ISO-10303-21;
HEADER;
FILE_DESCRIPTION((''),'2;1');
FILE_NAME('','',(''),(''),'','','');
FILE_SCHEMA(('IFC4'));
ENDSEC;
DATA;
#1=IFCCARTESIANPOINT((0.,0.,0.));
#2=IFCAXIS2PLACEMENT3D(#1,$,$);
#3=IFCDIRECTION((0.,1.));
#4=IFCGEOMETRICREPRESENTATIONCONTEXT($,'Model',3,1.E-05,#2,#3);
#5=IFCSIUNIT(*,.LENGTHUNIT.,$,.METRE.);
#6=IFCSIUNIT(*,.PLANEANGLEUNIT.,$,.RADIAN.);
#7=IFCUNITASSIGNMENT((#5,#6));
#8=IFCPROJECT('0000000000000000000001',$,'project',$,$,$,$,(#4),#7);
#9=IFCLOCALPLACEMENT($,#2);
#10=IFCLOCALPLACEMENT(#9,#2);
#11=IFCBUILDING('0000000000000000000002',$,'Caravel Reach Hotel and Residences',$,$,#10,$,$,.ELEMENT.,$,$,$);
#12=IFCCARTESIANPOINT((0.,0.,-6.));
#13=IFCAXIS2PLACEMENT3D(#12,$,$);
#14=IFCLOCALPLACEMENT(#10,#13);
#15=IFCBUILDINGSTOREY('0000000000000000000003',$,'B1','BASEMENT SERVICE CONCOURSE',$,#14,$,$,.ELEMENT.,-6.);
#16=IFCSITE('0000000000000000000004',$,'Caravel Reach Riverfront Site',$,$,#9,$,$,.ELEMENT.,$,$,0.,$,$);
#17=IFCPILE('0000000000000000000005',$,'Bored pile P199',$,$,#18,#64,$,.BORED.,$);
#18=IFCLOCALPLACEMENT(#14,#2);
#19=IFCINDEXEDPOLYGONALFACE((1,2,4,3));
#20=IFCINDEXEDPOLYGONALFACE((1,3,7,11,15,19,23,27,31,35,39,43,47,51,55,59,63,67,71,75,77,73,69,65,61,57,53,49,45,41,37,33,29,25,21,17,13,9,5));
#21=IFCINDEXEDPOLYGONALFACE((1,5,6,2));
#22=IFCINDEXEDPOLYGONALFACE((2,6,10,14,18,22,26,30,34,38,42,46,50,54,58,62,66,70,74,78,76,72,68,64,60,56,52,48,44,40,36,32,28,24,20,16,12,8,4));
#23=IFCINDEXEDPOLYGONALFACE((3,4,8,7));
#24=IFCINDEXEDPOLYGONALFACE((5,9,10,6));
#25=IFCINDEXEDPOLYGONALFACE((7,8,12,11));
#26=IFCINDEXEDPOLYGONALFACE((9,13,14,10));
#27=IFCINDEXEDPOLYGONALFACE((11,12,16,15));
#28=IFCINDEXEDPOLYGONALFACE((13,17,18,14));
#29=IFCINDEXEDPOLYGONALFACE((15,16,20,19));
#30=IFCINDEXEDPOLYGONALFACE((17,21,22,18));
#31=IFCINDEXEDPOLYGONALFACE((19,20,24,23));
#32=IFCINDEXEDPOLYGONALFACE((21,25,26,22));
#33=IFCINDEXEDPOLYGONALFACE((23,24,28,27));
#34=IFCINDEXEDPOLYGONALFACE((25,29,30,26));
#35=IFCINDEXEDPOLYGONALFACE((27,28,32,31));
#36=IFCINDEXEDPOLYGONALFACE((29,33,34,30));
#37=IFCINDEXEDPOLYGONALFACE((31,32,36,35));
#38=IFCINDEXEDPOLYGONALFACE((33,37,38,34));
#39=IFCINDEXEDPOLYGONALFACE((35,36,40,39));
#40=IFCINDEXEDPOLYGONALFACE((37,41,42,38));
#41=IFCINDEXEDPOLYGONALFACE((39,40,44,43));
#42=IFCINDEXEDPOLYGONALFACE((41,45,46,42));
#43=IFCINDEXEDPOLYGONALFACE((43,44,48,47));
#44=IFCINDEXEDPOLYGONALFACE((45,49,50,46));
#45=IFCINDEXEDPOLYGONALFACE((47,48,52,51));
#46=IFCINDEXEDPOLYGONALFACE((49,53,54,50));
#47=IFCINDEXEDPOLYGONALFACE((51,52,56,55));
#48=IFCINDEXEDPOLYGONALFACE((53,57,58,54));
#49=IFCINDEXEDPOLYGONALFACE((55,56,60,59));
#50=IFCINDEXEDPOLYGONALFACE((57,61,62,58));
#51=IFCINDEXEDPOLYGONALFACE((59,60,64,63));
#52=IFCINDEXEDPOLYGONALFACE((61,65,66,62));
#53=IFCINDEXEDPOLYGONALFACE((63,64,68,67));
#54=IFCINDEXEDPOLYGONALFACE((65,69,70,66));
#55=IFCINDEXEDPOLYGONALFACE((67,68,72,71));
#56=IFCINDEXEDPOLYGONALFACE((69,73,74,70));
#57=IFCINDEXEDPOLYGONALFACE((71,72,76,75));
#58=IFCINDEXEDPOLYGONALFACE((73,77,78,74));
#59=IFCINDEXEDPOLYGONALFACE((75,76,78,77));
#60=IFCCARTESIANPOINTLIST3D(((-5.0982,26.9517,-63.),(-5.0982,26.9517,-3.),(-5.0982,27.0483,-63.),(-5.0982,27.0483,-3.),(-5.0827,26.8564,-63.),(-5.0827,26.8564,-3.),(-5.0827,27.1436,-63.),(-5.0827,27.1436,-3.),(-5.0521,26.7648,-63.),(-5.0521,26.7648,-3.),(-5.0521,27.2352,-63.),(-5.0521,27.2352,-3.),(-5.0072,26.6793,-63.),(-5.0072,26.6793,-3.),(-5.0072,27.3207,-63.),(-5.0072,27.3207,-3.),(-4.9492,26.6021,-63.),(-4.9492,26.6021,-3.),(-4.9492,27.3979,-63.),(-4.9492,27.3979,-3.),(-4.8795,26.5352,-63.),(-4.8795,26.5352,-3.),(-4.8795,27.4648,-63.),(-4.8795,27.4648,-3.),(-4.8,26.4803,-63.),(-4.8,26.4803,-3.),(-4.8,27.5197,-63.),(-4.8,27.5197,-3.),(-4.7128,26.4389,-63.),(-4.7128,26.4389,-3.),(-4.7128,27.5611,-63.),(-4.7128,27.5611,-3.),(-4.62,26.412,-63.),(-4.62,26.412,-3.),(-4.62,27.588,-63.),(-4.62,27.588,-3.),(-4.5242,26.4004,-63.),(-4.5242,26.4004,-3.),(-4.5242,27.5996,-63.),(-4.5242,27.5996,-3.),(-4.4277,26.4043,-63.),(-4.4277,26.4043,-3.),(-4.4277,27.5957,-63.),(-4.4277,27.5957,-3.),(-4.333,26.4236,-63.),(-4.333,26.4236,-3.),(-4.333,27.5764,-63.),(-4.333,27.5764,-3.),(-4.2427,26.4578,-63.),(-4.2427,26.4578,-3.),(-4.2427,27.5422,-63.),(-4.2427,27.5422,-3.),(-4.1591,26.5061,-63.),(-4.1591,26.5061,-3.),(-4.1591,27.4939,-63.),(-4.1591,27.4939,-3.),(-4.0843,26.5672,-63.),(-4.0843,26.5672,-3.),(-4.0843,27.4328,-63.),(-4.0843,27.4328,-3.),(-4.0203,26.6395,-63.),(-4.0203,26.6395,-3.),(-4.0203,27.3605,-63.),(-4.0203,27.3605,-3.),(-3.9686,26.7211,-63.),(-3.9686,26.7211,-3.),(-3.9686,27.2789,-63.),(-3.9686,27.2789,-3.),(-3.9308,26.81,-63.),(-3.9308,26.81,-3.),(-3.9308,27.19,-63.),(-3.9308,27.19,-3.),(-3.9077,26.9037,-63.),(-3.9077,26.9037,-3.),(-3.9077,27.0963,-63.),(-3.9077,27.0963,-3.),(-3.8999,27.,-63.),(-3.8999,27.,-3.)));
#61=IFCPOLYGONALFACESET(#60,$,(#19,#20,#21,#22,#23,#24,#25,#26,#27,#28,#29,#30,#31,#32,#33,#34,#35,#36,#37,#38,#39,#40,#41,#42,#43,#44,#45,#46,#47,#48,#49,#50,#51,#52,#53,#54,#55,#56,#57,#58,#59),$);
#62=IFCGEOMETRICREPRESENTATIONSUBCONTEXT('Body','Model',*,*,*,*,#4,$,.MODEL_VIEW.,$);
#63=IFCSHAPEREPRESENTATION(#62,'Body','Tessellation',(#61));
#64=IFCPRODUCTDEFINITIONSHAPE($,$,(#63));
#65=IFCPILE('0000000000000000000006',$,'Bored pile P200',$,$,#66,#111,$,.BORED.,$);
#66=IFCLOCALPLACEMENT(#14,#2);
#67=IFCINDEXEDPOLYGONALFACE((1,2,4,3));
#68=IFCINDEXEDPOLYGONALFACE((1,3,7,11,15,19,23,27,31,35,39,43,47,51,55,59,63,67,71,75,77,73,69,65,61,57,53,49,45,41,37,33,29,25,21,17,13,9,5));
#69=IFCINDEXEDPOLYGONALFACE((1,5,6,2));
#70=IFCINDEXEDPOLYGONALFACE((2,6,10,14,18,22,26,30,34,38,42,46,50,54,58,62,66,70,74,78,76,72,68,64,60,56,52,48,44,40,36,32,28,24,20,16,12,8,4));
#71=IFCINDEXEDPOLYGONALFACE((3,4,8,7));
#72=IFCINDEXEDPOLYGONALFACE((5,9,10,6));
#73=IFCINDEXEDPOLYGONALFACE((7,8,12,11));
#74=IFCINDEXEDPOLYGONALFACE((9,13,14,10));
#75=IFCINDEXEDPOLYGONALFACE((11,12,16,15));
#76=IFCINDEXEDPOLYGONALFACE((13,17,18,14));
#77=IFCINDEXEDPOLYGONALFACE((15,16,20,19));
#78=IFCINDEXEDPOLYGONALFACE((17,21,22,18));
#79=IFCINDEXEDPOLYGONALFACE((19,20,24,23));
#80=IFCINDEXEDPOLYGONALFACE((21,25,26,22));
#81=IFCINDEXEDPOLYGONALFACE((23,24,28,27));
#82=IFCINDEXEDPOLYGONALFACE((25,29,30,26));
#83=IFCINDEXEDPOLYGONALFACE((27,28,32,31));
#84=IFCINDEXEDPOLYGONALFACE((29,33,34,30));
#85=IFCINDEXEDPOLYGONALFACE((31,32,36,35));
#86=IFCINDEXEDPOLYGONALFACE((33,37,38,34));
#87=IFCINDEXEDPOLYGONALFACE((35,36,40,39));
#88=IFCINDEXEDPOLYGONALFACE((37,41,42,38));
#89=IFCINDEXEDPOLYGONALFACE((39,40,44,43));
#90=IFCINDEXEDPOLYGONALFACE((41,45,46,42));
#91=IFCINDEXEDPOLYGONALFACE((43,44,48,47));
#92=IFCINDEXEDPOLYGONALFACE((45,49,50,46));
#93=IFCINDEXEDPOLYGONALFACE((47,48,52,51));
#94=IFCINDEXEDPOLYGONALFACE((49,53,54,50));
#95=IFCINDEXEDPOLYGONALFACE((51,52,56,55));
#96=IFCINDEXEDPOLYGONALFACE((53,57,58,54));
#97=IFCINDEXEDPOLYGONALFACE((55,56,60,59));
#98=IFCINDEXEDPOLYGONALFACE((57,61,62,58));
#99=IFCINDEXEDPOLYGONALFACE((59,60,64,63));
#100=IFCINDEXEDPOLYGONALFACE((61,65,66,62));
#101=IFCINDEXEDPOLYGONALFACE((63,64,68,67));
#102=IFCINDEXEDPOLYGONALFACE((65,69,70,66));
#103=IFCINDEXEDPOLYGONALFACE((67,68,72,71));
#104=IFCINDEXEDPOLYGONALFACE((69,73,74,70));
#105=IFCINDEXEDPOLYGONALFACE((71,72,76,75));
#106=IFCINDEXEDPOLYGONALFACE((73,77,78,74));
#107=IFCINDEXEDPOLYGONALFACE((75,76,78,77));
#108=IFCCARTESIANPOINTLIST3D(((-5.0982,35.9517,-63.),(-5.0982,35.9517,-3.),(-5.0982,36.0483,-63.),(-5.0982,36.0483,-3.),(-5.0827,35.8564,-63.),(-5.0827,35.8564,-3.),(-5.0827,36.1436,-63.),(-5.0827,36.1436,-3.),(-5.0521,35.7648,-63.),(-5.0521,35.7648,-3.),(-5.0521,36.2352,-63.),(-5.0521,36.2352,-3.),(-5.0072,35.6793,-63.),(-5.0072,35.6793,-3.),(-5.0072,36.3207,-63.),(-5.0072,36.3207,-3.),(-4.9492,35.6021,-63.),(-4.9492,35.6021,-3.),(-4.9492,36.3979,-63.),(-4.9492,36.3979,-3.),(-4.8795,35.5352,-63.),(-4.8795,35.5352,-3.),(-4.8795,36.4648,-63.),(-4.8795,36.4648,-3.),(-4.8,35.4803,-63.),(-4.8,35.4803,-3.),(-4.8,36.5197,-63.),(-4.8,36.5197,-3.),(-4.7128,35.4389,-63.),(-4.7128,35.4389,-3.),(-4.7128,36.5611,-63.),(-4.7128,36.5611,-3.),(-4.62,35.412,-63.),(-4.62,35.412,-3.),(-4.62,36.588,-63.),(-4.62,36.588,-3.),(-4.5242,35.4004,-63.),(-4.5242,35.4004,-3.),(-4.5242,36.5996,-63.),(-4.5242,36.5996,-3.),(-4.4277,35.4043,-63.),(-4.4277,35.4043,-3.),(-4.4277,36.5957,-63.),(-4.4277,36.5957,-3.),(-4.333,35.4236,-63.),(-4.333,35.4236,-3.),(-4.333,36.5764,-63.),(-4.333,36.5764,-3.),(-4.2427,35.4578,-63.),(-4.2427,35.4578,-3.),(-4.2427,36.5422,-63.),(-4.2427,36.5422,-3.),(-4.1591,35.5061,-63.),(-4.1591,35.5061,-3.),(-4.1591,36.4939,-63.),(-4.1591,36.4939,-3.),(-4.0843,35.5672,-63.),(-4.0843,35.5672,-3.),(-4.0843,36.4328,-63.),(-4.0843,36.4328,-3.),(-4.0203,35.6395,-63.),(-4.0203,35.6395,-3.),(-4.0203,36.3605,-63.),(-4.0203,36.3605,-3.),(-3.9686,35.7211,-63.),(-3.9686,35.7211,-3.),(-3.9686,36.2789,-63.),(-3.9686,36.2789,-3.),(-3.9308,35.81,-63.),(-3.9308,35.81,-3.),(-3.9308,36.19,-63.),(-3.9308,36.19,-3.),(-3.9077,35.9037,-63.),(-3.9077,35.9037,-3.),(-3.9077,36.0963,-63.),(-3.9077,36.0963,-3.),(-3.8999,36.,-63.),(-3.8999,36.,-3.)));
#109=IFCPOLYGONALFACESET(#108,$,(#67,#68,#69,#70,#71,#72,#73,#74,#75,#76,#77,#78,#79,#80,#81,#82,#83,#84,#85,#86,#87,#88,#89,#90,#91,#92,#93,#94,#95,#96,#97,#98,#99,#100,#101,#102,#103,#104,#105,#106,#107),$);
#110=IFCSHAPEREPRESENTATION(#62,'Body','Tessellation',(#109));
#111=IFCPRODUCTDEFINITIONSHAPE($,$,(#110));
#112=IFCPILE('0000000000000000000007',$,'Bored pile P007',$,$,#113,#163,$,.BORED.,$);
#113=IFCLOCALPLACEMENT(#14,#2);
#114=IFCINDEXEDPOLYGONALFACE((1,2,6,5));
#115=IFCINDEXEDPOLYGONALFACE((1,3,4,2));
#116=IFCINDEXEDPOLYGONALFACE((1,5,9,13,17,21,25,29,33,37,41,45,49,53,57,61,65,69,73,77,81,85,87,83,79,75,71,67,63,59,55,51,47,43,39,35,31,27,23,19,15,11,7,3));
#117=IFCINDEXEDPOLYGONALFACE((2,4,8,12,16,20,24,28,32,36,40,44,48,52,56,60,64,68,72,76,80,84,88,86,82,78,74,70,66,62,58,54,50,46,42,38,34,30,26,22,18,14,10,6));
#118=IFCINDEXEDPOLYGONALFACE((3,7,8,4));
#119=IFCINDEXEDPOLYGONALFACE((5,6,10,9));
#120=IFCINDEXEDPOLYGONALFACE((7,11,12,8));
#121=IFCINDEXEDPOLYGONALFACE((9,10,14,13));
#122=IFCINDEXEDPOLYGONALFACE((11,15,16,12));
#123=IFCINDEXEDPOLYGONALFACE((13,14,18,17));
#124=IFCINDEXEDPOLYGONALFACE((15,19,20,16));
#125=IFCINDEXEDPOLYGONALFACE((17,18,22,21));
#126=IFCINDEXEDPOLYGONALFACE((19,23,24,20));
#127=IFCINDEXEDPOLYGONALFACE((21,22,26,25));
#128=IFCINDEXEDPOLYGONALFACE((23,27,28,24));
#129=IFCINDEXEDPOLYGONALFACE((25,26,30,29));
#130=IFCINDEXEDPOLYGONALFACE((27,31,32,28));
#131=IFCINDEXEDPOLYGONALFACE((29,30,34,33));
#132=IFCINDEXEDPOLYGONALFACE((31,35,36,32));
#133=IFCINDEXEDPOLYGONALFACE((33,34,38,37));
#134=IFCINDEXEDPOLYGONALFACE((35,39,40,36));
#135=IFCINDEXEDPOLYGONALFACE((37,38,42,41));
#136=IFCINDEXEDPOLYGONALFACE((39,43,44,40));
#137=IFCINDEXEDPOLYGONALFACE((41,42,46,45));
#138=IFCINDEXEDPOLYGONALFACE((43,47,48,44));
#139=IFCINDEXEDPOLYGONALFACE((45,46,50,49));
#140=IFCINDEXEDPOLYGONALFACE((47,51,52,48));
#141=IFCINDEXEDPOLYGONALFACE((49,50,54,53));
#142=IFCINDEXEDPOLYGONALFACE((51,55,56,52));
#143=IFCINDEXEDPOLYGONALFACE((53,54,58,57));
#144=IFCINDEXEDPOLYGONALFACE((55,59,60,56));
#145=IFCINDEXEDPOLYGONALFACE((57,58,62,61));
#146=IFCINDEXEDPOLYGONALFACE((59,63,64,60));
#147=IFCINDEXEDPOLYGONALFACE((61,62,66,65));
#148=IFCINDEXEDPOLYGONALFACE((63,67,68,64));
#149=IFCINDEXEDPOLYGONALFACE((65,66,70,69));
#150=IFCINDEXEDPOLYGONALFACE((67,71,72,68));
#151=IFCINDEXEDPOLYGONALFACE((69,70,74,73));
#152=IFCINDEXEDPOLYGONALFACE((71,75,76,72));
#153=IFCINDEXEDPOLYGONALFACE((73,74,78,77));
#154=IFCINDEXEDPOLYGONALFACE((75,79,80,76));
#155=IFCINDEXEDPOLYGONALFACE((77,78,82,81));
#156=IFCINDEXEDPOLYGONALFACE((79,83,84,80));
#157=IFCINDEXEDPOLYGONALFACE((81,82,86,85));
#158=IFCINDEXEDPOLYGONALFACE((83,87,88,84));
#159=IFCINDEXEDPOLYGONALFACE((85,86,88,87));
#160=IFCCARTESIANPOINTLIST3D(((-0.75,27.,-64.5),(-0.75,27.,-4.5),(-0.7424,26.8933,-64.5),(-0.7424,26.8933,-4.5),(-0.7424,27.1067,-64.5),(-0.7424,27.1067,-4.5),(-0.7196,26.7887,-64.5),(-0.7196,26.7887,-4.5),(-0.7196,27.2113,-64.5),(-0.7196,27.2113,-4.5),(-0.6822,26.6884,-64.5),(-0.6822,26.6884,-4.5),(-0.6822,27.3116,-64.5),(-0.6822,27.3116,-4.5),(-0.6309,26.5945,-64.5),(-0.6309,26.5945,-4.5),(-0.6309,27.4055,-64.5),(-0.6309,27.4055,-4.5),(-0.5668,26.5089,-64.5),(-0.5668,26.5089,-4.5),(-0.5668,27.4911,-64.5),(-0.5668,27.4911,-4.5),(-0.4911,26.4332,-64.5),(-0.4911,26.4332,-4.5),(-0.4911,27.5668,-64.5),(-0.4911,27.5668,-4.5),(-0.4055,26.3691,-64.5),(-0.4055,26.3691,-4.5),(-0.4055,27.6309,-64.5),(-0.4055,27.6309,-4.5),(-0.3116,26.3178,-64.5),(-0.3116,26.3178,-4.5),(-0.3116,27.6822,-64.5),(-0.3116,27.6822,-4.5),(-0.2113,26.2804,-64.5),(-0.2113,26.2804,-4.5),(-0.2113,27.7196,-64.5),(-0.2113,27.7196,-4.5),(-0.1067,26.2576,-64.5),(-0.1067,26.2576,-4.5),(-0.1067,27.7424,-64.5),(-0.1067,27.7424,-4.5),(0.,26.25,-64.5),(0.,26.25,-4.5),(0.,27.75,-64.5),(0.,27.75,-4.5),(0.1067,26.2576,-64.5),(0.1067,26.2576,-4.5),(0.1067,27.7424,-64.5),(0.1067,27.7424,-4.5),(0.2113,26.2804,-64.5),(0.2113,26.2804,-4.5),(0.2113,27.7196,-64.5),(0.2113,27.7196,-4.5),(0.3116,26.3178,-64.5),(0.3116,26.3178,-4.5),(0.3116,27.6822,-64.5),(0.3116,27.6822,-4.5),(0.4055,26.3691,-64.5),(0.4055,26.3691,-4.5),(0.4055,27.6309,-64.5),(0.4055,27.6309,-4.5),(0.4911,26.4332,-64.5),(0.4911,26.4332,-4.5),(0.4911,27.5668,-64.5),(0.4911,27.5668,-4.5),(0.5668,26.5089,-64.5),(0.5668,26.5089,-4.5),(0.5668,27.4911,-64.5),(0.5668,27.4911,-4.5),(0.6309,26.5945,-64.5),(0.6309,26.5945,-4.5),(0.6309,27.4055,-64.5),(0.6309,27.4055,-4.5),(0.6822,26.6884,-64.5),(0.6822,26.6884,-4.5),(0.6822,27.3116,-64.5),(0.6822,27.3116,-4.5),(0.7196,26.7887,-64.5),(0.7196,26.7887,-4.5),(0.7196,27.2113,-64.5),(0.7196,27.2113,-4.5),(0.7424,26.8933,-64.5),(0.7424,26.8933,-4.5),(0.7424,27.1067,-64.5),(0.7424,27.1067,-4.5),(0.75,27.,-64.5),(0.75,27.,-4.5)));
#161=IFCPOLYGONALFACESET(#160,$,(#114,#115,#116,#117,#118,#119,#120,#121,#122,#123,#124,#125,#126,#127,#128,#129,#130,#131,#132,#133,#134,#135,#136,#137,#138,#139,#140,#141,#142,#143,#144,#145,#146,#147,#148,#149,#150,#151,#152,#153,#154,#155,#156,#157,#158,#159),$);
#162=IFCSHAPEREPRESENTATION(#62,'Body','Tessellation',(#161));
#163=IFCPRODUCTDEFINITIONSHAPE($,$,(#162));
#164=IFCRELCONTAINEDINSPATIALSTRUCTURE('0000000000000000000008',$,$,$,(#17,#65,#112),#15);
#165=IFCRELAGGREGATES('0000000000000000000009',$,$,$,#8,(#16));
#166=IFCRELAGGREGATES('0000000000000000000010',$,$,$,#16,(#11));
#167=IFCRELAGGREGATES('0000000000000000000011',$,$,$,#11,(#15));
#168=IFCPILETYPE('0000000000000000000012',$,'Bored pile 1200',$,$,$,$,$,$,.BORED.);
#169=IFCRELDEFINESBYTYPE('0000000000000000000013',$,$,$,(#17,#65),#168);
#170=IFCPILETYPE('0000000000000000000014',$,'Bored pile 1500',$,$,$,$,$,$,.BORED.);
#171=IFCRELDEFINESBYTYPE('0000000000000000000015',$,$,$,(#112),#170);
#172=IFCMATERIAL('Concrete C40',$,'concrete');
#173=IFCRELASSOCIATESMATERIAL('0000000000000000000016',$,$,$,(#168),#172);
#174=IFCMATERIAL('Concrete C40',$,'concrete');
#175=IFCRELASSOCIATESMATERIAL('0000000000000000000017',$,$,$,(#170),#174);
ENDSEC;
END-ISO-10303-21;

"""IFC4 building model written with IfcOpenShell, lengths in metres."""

from ifc_helpers import new_model, si_unit, direction, frame, origin, origin_2d, place, context, subcontext, project, spatial, circle, extrude, material, material_profile, profile_set, type_object, element, save


model = new_model("IFC4")

# Units and contexts
model_context = context("Model", 3, precision=1e-05, world=origin(), true_north=direction((0.0, 1.0)))
body_context = subcontext(model_context, "Body", "Model", "MODEL_VIEW")
ifc_project = project(units=[si_unit("LENGTHUNIT", "METRE"), si_unit("PLANEANGLEUNIT", "RADIAN")], contexts=[model_context])

# Site, building, storey
site_placement = place(None, origin())
site = spatial("IfcSite", under=ifc_project, at=site_placement, Name="Caravel Reach Riverfront Site", CompositionType="ELEMENT", RefElevation=0.0)
building_placement = place(site_placement, origin())
building = spatial("IfcBuilding", under=site, at=building_placement, Name="Caravel Reach Hotel and Residences", CompositionType="ELEMENT")
storey_placement = place(building_placement, frame((0.0, 0.0, -6.0)))
storey = spatial("IfcBuildingStorey", under=building, at=storey_placement, Name="B1", Description="BASEMENT SERVICE CONCOURSE", CompositionType="ELEMENT", Elevation=-6.0)

# Piles
ifc_material_1 = material(Name="Concrete C40", Category="concrete")
ifc_material_profile_1 = material_profile(ifc_material_1, circle(Radius=0.6001, at=origin_2d()), Name="PILE 1200")
ifc_profile_set_1 = profile_set([ifc_material_profile_1], Name="Concrete C40")
pile_type_1 = type_object("IfcPileType", Name="Bored pile 1200", PredefinedType="BORED", material=ifc_profile_set_1)
for number, where, z_axis, x_axis, name in (
    (1, (-4.5, 27.0, -3.0), (0.0, 0.0, -1.0), (1.0, 0.0, 0.0), "Bored pile P199"),
    (2, (-4.5, 36.0, -3.0), (0.0, 0.0, -1.0), (1.0, 0.0, 0.0), "Bored pile P200"),
):
    element("IfcPile", number, at=place(storey_placement, frame(where, z_axis=z_axis, x_axis=x_axis)), inside=storey, type_object=pile_type_1, Name=name, PredefinedType="BORED", context=body_context, shape_type="SweptSolid", body=[
        extrude(circle(Radius=0.6001, at=origin_2d()), origin(), (0.0, 0.0, 1.0), 60.0),
    ])
ifc_material_2 = material(Name="Concrete C40", Category="concrete")
ifc_material_profile_2 = material_profile(ifc_material_2, circle(Radius=0.75, at=origin_2d()), Name="PILE 1500")
ifc_profile_set_2 = profile_set([ifc_material_profile_2], Name="Concrete C40")
pile_type_2 = type_object("IfcPileType", Name="Bored pile 1500", PredefinedType="BORED", material=ifc_profile_set_2)
for number, where, z_axis, x_axis, name in (
    (3, (0.0, 27.0, -4.5), (0.0, 0.0, -1.0), (1.0, 0.0, 0.0), "Bored pile P007"),
):
    element("IfcPile", number, at=place(storey_placement, frame(where, z_axis=z_axis, x_axis=x_axis)), inside=storey, type_object=pile_type_2, Name=name, PredefinedType="BORED", context=body_context, shape_type="SweptSolid", body=[
        extrude(circle(Radius=0.75, at=origin_2d()), origin(), (0.0, 0.0, 1.0), 60.0),
    ])

save(model, "model.ifc")
